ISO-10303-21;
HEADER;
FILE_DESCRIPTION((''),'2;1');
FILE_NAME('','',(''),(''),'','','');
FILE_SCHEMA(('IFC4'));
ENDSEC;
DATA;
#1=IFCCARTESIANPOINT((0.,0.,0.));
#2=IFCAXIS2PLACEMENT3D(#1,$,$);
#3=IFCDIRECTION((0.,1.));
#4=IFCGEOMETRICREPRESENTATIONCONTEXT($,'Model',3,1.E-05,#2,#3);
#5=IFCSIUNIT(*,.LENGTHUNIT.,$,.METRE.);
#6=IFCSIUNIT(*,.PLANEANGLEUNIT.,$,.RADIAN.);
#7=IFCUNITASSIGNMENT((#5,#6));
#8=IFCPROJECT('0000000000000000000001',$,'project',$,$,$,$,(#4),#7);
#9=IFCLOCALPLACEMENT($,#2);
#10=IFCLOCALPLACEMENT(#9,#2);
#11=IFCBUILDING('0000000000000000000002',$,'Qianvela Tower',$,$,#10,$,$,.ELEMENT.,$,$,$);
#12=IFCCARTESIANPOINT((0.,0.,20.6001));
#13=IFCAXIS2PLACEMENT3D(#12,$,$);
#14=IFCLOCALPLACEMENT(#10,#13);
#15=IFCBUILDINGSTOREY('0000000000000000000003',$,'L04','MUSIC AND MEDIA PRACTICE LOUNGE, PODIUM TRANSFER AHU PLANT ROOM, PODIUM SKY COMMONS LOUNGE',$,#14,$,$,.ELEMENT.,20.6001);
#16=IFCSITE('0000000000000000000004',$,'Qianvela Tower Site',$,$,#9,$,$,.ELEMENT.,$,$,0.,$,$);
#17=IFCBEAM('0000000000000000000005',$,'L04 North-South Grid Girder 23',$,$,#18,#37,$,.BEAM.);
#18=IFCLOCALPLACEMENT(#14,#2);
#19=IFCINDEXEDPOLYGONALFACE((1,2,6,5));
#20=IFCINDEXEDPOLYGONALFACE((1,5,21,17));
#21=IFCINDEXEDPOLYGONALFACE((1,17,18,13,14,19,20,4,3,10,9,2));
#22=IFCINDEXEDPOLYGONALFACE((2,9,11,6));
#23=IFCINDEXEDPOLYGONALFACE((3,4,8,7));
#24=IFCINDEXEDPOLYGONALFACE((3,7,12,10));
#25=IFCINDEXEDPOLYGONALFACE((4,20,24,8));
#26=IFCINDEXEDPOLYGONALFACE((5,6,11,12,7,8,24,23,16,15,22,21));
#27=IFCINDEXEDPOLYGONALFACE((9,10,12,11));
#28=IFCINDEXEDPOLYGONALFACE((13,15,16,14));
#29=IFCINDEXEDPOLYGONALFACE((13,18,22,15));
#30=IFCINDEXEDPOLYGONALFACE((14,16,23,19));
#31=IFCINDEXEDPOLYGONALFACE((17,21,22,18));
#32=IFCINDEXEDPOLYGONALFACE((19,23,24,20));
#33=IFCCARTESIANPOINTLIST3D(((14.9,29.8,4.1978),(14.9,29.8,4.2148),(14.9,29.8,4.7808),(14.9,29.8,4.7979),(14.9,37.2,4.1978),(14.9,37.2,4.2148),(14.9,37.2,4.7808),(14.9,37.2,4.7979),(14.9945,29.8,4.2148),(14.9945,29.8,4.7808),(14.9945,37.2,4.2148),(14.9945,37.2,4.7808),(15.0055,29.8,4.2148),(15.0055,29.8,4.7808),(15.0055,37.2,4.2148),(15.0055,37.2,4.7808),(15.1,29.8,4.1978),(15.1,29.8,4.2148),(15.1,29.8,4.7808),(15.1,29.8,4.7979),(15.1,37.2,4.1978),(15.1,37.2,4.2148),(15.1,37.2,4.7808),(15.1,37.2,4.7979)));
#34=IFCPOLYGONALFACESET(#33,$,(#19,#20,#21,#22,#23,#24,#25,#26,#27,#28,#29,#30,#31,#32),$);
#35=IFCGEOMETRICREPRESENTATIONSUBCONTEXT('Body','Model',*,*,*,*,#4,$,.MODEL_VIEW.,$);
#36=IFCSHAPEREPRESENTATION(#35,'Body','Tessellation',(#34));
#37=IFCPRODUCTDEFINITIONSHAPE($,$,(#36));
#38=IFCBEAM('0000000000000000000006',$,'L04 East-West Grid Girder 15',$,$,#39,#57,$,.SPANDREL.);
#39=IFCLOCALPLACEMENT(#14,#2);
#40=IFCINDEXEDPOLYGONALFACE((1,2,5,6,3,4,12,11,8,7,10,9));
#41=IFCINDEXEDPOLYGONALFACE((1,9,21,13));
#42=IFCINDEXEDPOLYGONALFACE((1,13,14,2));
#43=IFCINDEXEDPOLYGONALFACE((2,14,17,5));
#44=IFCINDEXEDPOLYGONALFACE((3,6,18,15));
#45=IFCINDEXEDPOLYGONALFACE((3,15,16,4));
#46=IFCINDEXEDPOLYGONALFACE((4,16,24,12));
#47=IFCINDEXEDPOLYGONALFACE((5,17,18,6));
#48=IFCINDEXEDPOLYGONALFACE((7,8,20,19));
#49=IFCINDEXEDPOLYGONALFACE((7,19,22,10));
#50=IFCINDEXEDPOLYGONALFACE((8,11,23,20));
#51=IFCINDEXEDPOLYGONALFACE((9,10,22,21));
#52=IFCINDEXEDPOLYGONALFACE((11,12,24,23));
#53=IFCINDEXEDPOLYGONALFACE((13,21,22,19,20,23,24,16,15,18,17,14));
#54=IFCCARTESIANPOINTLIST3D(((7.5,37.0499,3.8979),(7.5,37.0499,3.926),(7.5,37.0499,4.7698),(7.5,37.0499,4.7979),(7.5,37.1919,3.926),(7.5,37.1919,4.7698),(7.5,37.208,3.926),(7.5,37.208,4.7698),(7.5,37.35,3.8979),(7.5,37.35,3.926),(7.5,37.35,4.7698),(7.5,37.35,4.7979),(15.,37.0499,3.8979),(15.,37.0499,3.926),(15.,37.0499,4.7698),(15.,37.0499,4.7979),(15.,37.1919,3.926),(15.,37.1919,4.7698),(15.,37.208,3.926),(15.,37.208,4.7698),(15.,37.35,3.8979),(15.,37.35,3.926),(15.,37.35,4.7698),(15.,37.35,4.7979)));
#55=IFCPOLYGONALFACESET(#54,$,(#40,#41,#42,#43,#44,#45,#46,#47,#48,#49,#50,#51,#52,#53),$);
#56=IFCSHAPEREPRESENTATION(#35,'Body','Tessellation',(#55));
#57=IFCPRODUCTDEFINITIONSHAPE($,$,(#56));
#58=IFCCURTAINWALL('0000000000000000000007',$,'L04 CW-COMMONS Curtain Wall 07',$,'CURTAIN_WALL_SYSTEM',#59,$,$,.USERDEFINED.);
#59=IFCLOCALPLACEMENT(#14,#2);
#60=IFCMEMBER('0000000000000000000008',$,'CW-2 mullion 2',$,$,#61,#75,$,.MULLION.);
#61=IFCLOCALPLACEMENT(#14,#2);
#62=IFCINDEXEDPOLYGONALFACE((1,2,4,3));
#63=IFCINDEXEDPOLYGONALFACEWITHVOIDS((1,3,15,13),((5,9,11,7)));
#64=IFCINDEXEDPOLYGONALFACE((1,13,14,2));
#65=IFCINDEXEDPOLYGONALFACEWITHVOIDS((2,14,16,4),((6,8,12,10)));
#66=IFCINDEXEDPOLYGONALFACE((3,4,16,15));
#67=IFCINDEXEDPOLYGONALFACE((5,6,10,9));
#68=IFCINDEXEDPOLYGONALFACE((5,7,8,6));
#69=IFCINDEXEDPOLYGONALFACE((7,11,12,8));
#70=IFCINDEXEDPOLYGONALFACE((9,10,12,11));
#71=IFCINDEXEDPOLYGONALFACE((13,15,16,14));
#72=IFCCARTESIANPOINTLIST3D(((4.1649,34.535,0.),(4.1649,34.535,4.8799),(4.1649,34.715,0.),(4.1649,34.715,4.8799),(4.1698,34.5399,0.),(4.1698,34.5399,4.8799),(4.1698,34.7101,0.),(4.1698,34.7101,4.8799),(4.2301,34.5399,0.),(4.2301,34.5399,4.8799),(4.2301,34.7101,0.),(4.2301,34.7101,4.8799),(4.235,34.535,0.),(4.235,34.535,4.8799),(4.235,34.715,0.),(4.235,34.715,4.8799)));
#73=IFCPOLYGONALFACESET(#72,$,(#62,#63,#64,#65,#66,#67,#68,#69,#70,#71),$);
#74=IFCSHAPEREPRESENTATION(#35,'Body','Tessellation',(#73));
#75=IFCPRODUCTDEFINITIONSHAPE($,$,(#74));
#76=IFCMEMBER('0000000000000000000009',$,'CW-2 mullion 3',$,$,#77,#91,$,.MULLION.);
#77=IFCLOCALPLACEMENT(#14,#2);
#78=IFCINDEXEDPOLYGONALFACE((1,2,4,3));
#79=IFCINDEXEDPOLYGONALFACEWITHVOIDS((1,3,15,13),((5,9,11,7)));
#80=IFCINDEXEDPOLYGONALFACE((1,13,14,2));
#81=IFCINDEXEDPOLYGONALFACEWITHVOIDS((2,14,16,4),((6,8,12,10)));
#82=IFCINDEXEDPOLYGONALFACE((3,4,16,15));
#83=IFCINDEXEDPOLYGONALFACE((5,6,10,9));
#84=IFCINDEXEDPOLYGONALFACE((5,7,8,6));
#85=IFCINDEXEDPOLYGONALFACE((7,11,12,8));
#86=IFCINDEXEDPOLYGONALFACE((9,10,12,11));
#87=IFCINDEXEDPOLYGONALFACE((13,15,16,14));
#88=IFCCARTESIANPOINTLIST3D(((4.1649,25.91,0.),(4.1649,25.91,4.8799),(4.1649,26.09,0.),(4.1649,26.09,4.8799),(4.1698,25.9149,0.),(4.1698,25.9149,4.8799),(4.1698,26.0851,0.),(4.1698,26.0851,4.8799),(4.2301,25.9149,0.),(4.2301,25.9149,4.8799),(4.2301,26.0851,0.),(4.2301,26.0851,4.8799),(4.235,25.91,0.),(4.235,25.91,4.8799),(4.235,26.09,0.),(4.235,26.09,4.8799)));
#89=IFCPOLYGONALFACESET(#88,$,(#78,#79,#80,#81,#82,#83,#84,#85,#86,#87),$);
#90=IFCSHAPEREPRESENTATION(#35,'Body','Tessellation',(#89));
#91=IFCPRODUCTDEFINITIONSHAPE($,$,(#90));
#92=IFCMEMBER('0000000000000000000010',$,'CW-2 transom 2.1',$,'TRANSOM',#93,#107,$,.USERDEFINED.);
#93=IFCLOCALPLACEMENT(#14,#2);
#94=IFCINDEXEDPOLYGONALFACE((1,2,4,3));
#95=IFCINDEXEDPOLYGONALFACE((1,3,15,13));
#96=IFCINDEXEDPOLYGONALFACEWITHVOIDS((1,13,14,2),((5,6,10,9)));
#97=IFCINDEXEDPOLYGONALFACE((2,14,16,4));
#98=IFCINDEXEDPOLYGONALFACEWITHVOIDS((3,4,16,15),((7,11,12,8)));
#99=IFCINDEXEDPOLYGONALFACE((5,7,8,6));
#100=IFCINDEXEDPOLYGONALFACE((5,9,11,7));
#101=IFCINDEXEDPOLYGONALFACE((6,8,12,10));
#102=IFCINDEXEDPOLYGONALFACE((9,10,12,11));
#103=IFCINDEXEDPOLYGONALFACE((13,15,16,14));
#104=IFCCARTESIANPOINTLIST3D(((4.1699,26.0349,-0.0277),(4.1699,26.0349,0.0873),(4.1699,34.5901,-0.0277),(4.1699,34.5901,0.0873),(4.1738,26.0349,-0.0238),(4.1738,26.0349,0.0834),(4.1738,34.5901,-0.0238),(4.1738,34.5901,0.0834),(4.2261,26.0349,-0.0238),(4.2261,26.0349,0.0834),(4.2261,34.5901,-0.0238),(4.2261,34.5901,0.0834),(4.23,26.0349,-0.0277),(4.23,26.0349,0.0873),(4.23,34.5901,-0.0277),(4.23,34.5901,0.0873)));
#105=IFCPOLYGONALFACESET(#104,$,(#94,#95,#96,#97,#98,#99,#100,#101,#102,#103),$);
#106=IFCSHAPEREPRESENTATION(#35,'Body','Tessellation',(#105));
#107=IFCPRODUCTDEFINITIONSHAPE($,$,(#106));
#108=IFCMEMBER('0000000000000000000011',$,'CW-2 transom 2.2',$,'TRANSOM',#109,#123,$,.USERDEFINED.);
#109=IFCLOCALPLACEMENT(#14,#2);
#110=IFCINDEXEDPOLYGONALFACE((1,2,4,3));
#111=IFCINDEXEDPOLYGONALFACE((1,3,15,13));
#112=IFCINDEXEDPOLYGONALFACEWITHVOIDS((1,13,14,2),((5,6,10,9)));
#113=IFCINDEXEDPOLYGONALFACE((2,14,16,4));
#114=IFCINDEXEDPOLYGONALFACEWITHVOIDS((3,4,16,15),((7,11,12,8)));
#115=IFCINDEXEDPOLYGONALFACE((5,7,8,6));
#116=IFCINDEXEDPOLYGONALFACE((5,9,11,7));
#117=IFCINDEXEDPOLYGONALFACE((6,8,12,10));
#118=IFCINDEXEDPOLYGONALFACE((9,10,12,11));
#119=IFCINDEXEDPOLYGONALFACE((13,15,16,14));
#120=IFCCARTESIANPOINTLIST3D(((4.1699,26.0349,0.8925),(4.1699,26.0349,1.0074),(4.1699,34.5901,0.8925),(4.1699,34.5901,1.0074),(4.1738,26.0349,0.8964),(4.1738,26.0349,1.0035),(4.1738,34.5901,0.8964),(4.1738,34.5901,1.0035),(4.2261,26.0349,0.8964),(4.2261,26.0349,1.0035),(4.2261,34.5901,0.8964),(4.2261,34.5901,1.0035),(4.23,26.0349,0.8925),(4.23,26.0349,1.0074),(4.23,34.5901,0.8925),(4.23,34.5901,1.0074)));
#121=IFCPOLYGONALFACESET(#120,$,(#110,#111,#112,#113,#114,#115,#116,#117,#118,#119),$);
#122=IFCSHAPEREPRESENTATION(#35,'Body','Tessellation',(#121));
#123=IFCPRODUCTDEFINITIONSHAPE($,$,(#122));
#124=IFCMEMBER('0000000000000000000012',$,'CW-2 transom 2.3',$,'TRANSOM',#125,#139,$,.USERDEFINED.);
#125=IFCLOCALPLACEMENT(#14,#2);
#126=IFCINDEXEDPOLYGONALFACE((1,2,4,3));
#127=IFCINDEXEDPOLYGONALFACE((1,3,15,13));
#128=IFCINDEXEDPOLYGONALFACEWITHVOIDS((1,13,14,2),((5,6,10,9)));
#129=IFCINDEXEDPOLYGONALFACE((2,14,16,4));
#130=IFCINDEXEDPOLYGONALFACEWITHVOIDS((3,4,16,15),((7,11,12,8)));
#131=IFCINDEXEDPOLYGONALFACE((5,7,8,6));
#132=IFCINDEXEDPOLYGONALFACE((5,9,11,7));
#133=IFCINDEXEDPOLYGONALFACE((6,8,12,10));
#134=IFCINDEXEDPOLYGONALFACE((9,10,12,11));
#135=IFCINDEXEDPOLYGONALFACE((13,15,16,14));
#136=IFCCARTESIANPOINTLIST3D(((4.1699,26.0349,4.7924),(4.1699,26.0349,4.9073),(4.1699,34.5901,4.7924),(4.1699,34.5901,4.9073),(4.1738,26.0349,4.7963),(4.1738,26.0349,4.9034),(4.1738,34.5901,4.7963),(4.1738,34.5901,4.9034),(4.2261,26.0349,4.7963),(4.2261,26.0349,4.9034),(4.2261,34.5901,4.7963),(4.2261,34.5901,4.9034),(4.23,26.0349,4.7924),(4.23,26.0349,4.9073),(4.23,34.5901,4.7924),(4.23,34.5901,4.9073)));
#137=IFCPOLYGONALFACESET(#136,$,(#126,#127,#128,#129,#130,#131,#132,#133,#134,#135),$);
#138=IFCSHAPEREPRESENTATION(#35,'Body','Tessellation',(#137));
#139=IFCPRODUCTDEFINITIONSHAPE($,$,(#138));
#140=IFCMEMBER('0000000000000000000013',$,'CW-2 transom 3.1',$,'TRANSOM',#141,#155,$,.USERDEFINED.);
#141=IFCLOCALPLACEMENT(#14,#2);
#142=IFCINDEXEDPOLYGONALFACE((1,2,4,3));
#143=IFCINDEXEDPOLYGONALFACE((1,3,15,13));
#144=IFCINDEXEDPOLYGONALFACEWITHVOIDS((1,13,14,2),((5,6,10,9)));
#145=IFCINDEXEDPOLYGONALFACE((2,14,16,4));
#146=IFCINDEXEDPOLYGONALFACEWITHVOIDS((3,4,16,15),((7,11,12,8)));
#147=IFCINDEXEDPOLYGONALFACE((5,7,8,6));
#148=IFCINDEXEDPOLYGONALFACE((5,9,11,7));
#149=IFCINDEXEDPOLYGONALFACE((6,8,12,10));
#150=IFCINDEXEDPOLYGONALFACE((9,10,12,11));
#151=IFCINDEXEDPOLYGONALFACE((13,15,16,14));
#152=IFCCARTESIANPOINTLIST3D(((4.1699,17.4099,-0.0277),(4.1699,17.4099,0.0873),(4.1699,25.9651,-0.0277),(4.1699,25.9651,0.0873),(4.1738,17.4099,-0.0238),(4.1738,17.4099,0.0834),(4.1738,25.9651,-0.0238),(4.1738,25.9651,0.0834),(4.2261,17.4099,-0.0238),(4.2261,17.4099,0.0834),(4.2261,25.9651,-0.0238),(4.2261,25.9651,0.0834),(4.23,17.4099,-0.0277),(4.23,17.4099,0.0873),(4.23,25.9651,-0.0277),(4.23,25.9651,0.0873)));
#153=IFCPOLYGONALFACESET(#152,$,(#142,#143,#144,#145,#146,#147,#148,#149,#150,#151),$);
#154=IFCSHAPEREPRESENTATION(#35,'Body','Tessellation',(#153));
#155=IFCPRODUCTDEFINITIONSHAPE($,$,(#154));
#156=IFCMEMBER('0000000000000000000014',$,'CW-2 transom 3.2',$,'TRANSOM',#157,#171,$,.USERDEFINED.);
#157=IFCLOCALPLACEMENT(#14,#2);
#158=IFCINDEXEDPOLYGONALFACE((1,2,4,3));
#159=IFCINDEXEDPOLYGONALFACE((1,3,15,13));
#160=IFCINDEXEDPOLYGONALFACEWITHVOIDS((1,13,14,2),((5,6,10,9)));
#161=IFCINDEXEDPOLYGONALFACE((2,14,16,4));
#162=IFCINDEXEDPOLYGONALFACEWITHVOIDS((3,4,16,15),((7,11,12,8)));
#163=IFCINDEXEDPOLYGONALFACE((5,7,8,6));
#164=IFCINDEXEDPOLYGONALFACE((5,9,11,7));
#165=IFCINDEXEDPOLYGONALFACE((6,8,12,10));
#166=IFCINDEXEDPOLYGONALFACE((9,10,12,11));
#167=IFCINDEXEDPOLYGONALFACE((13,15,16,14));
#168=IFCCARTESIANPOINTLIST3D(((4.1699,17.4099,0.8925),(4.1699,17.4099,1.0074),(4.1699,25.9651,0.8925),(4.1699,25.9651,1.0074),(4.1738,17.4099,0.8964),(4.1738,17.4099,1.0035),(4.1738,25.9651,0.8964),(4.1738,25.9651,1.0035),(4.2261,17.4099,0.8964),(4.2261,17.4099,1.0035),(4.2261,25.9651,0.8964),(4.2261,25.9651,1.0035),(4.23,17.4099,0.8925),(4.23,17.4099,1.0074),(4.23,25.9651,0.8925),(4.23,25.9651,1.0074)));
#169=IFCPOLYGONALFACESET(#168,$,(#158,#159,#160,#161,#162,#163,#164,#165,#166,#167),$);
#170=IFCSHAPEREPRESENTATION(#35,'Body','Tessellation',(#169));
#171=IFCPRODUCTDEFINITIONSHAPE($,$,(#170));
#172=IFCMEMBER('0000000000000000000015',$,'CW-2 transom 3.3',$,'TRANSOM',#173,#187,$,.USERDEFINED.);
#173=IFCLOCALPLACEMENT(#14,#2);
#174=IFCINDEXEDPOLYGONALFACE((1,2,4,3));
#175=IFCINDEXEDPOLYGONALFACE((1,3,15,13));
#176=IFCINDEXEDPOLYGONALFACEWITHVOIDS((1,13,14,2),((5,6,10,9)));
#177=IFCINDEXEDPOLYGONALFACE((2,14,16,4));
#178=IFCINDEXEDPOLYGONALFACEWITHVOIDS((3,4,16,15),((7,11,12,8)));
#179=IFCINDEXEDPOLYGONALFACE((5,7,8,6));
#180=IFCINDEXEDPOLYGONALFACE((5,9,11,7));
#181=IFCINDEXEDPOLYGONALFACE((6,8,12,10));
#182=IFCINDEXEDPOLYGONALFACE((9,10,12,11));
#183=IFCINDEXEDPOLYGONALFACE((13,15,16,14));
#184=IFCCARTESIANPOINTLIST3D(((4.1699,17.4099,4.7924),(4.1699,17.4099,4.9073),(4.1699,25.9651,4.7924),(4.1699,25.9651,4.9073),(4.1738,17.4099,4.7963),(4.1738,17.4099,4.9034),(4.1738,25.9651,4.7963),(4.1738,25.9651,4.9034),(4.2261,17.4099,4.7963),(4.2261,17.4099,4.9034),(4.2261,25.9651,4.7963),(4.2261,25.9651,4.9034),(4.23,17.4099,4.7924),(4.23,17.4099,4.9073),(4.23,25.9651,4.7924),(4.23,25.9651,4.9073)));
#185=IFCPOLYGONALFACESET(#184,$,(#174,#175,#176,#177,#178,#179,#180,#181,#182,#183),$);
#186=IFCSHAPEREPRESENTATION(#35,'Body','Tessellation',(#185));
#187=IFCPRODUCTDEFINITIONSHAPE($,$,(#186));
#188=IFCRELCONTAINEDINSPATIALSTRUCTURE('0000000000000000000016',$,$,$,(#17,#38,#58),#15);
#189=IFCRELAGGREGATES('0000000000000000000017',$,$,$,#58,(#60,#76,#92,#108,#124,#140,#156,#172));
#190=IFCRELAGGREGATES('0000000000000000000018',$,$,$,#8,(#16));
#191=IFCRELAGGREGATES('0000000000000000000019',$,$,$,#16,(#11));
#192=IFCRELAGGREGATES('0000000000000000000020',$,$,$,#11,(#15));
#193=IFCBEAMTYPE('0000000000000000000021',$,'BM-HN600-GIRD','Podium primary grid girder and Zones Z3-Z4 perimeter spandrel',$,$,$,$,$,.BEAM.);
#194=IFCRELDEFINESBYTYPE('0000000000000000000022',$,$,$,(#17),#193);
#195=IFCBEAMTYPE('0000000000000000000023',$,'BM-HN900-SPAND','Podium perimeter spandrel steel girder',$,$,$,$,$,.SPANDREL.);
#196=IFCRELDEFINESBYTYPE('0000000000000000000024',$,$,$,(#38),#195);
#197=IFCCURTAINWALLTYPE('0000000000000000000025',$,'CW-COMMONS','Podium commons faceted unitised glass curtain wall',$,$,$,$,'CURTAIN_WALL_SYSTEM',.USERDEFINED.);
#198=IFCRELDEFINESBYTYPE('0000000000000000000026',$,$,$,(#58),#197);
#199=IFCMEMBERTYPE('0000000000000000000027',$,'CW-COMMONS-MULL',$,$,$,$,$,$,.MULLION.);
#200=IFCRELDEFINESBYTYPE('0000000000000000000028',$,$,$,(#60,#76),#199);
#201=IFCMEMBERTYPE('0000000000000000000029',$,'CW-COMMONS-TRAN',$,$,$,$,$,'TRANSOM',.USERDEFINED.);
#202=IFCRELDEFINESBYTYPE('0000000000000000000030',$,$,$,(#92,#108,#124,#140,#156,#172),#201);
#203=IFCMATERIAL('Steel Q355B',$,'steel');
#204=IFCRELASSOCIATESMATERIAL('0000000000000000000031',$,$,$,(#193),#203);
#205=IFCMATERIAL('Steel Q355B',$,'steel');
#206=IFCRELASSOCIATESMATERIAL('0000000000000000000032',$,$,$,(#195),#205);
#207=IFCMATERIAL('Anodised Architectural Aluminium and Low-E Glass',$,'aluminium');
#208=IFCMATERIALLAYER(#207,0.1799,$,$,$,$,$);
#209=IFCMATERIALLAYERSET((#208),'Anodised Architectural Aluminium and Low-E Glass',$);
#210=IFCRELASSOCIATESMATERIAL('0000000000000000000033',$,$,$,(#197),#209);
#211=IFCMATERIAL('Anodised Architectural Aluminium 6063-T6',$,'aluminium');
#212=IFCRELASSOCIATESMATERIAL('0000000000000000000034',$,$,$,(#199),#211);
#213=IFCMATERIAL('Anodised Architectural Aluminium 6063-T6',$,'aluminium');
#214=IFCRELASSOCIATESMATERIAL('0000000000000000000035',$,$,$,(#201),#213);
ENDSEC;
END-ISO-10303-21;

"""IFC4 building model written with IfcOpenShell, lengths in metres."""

from ifc_helpers import new_model, si_unit, direction, frame, origin, origin_2d, place, context, subcontext, project, spatial, hollow_rectangle, i_section, extrude, material, layer, layer_set, material_profile, profile_set, type_object, element, aggregate, save


model = new_model("IFC4")

# Units and contexts
model_context = context("Model", 3, precision=1e-05, world=origin(), true_north=direction((0.0, 1.0)))
body_context = subcontext(model_context, "Body", "Model", "MODEL_VIEW")
ifc_project = project(units=[si_unit("LENGTHUNIT", "METRE"), si_unit("PLANEANGLEUNIT", "RADIAN")], contexts=[model_context])

# Site, building, storey
site_placement = place(None, origin())
site = spatial("IfcSite", under=ifc_project, at=site_placement, Name="Qianvela Tower Site", CompositionType="ELEMENT", RefElevation=0.0)
building_placement = place(site_placement, origin())
building = spatial("IfcBuilding", under=site, at=building_placement, Name="Qianvela Tower", CompositionType="ELEMENT")
storey_placement = place(building_placement, frame((0.0, 0.0, 20.6001)))
storey = spatial("IfcBuildingStorey", under=building, at=storey_placement, Name="L04", Description="MUSIC AND MEDIA PRACTICE LOUNGE, PODIUM TRANSFER AHU PLANT ROOM, PODIUM SKY COMMONS LOUNGE", CompositionType="ELEMENT", Elevation=20.6001)

# Beams
ifc_material_1 = material(Name="Steel Q355B", Category="steel")
ifc_material_profile_1 = material_profile(ifc_material_1, i_section(OverallWidth=0.2, OverallDepth=0.6001, WebThickness=0.011, FlangeThickness=0.0171, at=origin_2d()), Name="HN600x200x11x17")
ifc_profile_set_1 = profile_set([ifc_material_profile_1], Name="Steel Q355B")
beam_type_1 = type_object("IfcBeamType", Name="BM-HN600-GIRD", Description="Podium primary grid girder and Zones Z3-Z4 perimeter spandrel", PredefinedType="BEAM", material=ifc_profile_set_1)
for number, where, z_axis, x_axis, name in (
    (1, (15.0, 29.8, 4.4978), (0.0, 1.0, 0.0), (-1.0, 0.0, 0.0), "L04 North-South Grid Girder 23"),
):
    element("IfcBeam", number, at=place(storey_placement, frame(where, z_axis=z_axis, x_axis=x_axis)), inside=storey, type_object=beam_type_1, Name=name, PredefinedType="BEAM", context=body_context, shape_type="SweptSolid", body=[
        extrude(i_section(OverallWidth=0.2, OverallDepth=0.6001, WebThickness=0.011, FlangeThickness=0.0171, at=origin_2d()), origin(), (0.0, 0.0, 1.0), 7.3999),
    ])
ifc_material_2 = material(Name="Steel Q355B", Category="steel")
ifc_material_profile_2 = material_profile(ifc_material_2, i_section(OverallWidth=0.3, OverallDepth=0.8999, WebThickness=0.0161, FlangeThickness=0.0281, at=origin_2d()), Name="HN900x300x16x28")
ifc_profile_set_2 = profile_set([ifc_material_profile_2], Name="Steel Q355B")
beam_type_2 = type_object("IfcBeamType", Name="BM-HN900-SPAND", Description="Podium perimeter spandrel steel girder", PredefinedType="SPANDREL", material=ifc_profile_set_2)
beam_placement = place(storey_placement, frame((7.5, 37.2, 4.3479), z_axis=(1.0, 0.0, 0.0), x_axis=(0.0, 1.0, 0.0)))
element("IfcBeam", 2, at=beam_placement, inside=storey, type_object=beam_type_2, Name="L04 East-West Grid Girder 15", PredefinedType="SPANDREL", context=body_context, shape_type="SweptSolid", body=[
    extrude(i_section(OverallWidth=0.3, OverallDepth=0.8999, WebThickness=0.0161, FlangeThickness=0.0281, at=origin_2d()), origin(), (0.0, 0.0, 1.0), 7.5),
])

# Curtain wall, members
ifc_material_3 = material(Name="Anodised Architectural Aluminium and Low-E Glass", Category="aluminium")
ifc_layer_1 = layer(ifc_material_3, 0.1799)
ifc_layer_set_1 = layer_set([ifc_layer_1], Name="Anodised Architectural Aluminium and Low-E Glass")
curtain_wall_type = type_object("IfcCurtainWallType", Name="CW-COMMONS", Description="Podium commons faceted unitised glass curtain wall", ElementType="CURTAIN_WALL_SYSTEM", PredefinedType="USERDEFINED", material=ifc_layer_set_1)
curtain_wall_placement = place(storey_placement, origin())
curtain_wall = element("IfcCurtainWall", 3, at=curtain_wall_placement, inside=storey, type_object=curtain_wall_type, Name="L04 CW-COMMONS Curtain Wall 07", ObjectType="CURTAIN_WALL_SYSTEM", PredefinedType="USERDEFINED")
ifc_material_4 = material(Name="Anodised Architectural Aluminium 6063-T6", Category="aluminium")
ifc_material_profile_3 = material_profile(ifc_material_4, hollow_rectangle(XDim=0.0701, YDim=0.1799, WallThickness=0.0049, at=origin_2d()), Name="ALU-MULL-70x180")
ifc_profile_set_3 = profile_set([ifc_material_profile_3], Name="Anodised Architectural Aluminium 6063-T6")
member_type_1 = type_object("IfcMemberType", Name="CW-COMMONS-MULL", PredefinedType="MULLION", material=ifc_profile_set_3)
member_1_placement = place(storey_placement, frame((4.2, 34.625, 0.0), z_axis=(0.0, 0.0, 1.0), x_axis=(1.0, 0.0, 0.0)))
member_1 = element("IfcMember", 4, at=member_1_placement, type_object=member_type_1, Name="CW-2 mullion 2", PredefinedType="MULLION", context=body_context, shape_type="SweptSolid", body=[
    extrude(hollow_rectangle(XDim=0.0701, YDim=0.1799, WallThickness=0.0049, at=origin_2d()), origin(), (0.0, 0.0, 1.0), 4.8799),
])
member_2_placement = place(storey_placement, frame((4.2, 26.0, 0.0), z_axis=(0.0, 0.0, 1.0), x_axis=(1.0, 0.0, 0.0)))
member_2 = element("IfcMember", 5, at=member_2_placement, type_object=member_type_1, Name="CW-2 mullion 3", PredefinedType="MULLION", context=body_context, shape_type="SweptSolid", body=[
    extrude(hollow_rectangle(XDim=0.0701, YDim=0.1799, WallThickness=0.0049, at=origin_2d()), origin(), (0.0, 0.0, 1.0), 4.8799),
])
ifc_material_5 = material(Name="Anodised Architectural Aluminium 6063-T6", Category="aluminium")
ifc_material_profile_4 = material_profile(ifc_material_5, hollow_rectangle(XDim=0.0601, YDim=0.115, WallThickness=0.0039, at=origin_2d()), Name="ALU-TRAN-60x115")
ifc_profile_set_4 = profile_set([ifc_material_profile_4], Name="Anodised Architectural Aluminium 6063-T6")
member_type_2 = type_object("IfcMemberType", Name="CW-COMMONS-TRAN", ElementType="TRANSOM", PredefinedType="USERDEFINED", material=ifc_profile_set_4)
member_3_placement = place(storey_placement, frame((4.2, 34.5901, 0.0298), z_axis=(0.0, -1.0, 0.0), x_axis=(1.0, 0.0, 0.0)))
member_3 = element("IfcMember", 6, at=member_3_placement, type_object=member_type_2, Name="CW-2 transom 2.1", ObjectType="TRANSOM", PredefinedType="USERDEFINED", context=body_context, shape_type="SweptSolid", body=[
    extrude(hollow_rectangle(XDim=0.0601, YDim=0.115, WallThickness=0.0039, at=origin_2d()), origin(), (0.0, 0.0, 1.0), 8.5552),
])
member_4_placement = place(storey_placement, frame((4.2, 34.5901, 0.95), z_axis=(0.0, -1.0, 0.0), x_axis=(1.0, 0.0, 0.0)))
member_4 = element("IfcMember", 7, at=member_4_placement, type_object=member_type_2, Name="CW-2 transom 2.2", ObjectType="TRANSOM", PredefinedType="USERDEFINED", context=body_context, shape_type="SweptSolid", body=[
    extrude(hollow_rectangle(XDim=0.0601, YDim=0.115, WallThickness=0.0039, at=origin_2d()), origin(), (0.0, 0.0, 1.0), 8.5552),
])
member_5_placement = place(storey_placement, frame((4.2, 34.5901, 4.8499), z_axis=(0.0, -1.0, 0.0), x_axis=(1.0, 0.0, 0.0)))
member_5 = element("IfcMember", 8, at=member_5_placement, type_object=member_type_2, Name="CW-2 transom 2.3", ObjectType="TRANSOM", PredefinedType="USERDEFINED", context=body_context, shape_type="SweptSolid", body=[
    extrude(hollow_rectangle(XDim=0.0601, YDim=0.115, WallThickness=0.0039, at=origin_2d()), origin(), (0.0, 0.0, 1.0), 8.5552),
])
member_6_placement = place(storey_placement, frame((4.2, 25.9651, 0.0298), z_axis=(0.0, -1.0, 0.0), x_axis=(1.0, 0.0, 0.0)))
member_6 = element("IfcMember", 9, at=member_6_placement, type_object=member_type_2, Name="CW-2 transom 3.1", ObjectType="TRANSOM", PredefinedType="USERDEFINED", context=body_context, shape_type="SweptSolid", body=[
    extrude(hollow_rectangle(XDim=0.0601, YDim=0.115, WallThickness=0.0039, at=origin_2d()), origin(), (0.0, 0.0, 1.0), 8.5552),
])
member_7_placement = place(storey_placement, frame((4.2, 25.9651, 0.95), z_axis=(0.0, -1.0, 0.0), x_axis=(1.0, 0.0, 0.0)))
member_7 = element("IfcMember", 10, at=member_7_placement, type_object=member_type_2, Name="CW-2 transom 3.2", ObjectType="TRANSOM", PredefinedType="USERDEFINED", context=body_context, shape_type="SweptSolid", body=[
    extrude(hollow_rectangle(XDim=0.0601, YDim=0.115, WallThickness=0.0039, at=origin_2d()), origin(), (0.0, 0.0, 1.0), 8.5552),
])
member_8_placement = place(storey_placement, frame((4.2, 25.9651, 4.8499), z_axis=(0.0, -1.0, 0.0), x_axis=(1.0, 0.0, 0.0)))
member_8 = element("IfcMember", 11, at=member_8_placement, type_object=member_type_2, Name="CW-2 transom 3.3", ObjectType="TRANSOM", PredefinedType="USERDEFINED", context=body_context, shape_type="SweptSolid", body=[
    extrude(hollow_rectangle(XDim=0.0601, YDim=0.115, WallThickness=0.0039, at=origin_2d()), origin(), (0.0, 0.0, 1.0), 8.5552),
])
aggregate(curtain_wall, [member_1, member_2, member_3, member_4, member_5, member_6, member_7, member_8])

save(model, "model.ifc")
